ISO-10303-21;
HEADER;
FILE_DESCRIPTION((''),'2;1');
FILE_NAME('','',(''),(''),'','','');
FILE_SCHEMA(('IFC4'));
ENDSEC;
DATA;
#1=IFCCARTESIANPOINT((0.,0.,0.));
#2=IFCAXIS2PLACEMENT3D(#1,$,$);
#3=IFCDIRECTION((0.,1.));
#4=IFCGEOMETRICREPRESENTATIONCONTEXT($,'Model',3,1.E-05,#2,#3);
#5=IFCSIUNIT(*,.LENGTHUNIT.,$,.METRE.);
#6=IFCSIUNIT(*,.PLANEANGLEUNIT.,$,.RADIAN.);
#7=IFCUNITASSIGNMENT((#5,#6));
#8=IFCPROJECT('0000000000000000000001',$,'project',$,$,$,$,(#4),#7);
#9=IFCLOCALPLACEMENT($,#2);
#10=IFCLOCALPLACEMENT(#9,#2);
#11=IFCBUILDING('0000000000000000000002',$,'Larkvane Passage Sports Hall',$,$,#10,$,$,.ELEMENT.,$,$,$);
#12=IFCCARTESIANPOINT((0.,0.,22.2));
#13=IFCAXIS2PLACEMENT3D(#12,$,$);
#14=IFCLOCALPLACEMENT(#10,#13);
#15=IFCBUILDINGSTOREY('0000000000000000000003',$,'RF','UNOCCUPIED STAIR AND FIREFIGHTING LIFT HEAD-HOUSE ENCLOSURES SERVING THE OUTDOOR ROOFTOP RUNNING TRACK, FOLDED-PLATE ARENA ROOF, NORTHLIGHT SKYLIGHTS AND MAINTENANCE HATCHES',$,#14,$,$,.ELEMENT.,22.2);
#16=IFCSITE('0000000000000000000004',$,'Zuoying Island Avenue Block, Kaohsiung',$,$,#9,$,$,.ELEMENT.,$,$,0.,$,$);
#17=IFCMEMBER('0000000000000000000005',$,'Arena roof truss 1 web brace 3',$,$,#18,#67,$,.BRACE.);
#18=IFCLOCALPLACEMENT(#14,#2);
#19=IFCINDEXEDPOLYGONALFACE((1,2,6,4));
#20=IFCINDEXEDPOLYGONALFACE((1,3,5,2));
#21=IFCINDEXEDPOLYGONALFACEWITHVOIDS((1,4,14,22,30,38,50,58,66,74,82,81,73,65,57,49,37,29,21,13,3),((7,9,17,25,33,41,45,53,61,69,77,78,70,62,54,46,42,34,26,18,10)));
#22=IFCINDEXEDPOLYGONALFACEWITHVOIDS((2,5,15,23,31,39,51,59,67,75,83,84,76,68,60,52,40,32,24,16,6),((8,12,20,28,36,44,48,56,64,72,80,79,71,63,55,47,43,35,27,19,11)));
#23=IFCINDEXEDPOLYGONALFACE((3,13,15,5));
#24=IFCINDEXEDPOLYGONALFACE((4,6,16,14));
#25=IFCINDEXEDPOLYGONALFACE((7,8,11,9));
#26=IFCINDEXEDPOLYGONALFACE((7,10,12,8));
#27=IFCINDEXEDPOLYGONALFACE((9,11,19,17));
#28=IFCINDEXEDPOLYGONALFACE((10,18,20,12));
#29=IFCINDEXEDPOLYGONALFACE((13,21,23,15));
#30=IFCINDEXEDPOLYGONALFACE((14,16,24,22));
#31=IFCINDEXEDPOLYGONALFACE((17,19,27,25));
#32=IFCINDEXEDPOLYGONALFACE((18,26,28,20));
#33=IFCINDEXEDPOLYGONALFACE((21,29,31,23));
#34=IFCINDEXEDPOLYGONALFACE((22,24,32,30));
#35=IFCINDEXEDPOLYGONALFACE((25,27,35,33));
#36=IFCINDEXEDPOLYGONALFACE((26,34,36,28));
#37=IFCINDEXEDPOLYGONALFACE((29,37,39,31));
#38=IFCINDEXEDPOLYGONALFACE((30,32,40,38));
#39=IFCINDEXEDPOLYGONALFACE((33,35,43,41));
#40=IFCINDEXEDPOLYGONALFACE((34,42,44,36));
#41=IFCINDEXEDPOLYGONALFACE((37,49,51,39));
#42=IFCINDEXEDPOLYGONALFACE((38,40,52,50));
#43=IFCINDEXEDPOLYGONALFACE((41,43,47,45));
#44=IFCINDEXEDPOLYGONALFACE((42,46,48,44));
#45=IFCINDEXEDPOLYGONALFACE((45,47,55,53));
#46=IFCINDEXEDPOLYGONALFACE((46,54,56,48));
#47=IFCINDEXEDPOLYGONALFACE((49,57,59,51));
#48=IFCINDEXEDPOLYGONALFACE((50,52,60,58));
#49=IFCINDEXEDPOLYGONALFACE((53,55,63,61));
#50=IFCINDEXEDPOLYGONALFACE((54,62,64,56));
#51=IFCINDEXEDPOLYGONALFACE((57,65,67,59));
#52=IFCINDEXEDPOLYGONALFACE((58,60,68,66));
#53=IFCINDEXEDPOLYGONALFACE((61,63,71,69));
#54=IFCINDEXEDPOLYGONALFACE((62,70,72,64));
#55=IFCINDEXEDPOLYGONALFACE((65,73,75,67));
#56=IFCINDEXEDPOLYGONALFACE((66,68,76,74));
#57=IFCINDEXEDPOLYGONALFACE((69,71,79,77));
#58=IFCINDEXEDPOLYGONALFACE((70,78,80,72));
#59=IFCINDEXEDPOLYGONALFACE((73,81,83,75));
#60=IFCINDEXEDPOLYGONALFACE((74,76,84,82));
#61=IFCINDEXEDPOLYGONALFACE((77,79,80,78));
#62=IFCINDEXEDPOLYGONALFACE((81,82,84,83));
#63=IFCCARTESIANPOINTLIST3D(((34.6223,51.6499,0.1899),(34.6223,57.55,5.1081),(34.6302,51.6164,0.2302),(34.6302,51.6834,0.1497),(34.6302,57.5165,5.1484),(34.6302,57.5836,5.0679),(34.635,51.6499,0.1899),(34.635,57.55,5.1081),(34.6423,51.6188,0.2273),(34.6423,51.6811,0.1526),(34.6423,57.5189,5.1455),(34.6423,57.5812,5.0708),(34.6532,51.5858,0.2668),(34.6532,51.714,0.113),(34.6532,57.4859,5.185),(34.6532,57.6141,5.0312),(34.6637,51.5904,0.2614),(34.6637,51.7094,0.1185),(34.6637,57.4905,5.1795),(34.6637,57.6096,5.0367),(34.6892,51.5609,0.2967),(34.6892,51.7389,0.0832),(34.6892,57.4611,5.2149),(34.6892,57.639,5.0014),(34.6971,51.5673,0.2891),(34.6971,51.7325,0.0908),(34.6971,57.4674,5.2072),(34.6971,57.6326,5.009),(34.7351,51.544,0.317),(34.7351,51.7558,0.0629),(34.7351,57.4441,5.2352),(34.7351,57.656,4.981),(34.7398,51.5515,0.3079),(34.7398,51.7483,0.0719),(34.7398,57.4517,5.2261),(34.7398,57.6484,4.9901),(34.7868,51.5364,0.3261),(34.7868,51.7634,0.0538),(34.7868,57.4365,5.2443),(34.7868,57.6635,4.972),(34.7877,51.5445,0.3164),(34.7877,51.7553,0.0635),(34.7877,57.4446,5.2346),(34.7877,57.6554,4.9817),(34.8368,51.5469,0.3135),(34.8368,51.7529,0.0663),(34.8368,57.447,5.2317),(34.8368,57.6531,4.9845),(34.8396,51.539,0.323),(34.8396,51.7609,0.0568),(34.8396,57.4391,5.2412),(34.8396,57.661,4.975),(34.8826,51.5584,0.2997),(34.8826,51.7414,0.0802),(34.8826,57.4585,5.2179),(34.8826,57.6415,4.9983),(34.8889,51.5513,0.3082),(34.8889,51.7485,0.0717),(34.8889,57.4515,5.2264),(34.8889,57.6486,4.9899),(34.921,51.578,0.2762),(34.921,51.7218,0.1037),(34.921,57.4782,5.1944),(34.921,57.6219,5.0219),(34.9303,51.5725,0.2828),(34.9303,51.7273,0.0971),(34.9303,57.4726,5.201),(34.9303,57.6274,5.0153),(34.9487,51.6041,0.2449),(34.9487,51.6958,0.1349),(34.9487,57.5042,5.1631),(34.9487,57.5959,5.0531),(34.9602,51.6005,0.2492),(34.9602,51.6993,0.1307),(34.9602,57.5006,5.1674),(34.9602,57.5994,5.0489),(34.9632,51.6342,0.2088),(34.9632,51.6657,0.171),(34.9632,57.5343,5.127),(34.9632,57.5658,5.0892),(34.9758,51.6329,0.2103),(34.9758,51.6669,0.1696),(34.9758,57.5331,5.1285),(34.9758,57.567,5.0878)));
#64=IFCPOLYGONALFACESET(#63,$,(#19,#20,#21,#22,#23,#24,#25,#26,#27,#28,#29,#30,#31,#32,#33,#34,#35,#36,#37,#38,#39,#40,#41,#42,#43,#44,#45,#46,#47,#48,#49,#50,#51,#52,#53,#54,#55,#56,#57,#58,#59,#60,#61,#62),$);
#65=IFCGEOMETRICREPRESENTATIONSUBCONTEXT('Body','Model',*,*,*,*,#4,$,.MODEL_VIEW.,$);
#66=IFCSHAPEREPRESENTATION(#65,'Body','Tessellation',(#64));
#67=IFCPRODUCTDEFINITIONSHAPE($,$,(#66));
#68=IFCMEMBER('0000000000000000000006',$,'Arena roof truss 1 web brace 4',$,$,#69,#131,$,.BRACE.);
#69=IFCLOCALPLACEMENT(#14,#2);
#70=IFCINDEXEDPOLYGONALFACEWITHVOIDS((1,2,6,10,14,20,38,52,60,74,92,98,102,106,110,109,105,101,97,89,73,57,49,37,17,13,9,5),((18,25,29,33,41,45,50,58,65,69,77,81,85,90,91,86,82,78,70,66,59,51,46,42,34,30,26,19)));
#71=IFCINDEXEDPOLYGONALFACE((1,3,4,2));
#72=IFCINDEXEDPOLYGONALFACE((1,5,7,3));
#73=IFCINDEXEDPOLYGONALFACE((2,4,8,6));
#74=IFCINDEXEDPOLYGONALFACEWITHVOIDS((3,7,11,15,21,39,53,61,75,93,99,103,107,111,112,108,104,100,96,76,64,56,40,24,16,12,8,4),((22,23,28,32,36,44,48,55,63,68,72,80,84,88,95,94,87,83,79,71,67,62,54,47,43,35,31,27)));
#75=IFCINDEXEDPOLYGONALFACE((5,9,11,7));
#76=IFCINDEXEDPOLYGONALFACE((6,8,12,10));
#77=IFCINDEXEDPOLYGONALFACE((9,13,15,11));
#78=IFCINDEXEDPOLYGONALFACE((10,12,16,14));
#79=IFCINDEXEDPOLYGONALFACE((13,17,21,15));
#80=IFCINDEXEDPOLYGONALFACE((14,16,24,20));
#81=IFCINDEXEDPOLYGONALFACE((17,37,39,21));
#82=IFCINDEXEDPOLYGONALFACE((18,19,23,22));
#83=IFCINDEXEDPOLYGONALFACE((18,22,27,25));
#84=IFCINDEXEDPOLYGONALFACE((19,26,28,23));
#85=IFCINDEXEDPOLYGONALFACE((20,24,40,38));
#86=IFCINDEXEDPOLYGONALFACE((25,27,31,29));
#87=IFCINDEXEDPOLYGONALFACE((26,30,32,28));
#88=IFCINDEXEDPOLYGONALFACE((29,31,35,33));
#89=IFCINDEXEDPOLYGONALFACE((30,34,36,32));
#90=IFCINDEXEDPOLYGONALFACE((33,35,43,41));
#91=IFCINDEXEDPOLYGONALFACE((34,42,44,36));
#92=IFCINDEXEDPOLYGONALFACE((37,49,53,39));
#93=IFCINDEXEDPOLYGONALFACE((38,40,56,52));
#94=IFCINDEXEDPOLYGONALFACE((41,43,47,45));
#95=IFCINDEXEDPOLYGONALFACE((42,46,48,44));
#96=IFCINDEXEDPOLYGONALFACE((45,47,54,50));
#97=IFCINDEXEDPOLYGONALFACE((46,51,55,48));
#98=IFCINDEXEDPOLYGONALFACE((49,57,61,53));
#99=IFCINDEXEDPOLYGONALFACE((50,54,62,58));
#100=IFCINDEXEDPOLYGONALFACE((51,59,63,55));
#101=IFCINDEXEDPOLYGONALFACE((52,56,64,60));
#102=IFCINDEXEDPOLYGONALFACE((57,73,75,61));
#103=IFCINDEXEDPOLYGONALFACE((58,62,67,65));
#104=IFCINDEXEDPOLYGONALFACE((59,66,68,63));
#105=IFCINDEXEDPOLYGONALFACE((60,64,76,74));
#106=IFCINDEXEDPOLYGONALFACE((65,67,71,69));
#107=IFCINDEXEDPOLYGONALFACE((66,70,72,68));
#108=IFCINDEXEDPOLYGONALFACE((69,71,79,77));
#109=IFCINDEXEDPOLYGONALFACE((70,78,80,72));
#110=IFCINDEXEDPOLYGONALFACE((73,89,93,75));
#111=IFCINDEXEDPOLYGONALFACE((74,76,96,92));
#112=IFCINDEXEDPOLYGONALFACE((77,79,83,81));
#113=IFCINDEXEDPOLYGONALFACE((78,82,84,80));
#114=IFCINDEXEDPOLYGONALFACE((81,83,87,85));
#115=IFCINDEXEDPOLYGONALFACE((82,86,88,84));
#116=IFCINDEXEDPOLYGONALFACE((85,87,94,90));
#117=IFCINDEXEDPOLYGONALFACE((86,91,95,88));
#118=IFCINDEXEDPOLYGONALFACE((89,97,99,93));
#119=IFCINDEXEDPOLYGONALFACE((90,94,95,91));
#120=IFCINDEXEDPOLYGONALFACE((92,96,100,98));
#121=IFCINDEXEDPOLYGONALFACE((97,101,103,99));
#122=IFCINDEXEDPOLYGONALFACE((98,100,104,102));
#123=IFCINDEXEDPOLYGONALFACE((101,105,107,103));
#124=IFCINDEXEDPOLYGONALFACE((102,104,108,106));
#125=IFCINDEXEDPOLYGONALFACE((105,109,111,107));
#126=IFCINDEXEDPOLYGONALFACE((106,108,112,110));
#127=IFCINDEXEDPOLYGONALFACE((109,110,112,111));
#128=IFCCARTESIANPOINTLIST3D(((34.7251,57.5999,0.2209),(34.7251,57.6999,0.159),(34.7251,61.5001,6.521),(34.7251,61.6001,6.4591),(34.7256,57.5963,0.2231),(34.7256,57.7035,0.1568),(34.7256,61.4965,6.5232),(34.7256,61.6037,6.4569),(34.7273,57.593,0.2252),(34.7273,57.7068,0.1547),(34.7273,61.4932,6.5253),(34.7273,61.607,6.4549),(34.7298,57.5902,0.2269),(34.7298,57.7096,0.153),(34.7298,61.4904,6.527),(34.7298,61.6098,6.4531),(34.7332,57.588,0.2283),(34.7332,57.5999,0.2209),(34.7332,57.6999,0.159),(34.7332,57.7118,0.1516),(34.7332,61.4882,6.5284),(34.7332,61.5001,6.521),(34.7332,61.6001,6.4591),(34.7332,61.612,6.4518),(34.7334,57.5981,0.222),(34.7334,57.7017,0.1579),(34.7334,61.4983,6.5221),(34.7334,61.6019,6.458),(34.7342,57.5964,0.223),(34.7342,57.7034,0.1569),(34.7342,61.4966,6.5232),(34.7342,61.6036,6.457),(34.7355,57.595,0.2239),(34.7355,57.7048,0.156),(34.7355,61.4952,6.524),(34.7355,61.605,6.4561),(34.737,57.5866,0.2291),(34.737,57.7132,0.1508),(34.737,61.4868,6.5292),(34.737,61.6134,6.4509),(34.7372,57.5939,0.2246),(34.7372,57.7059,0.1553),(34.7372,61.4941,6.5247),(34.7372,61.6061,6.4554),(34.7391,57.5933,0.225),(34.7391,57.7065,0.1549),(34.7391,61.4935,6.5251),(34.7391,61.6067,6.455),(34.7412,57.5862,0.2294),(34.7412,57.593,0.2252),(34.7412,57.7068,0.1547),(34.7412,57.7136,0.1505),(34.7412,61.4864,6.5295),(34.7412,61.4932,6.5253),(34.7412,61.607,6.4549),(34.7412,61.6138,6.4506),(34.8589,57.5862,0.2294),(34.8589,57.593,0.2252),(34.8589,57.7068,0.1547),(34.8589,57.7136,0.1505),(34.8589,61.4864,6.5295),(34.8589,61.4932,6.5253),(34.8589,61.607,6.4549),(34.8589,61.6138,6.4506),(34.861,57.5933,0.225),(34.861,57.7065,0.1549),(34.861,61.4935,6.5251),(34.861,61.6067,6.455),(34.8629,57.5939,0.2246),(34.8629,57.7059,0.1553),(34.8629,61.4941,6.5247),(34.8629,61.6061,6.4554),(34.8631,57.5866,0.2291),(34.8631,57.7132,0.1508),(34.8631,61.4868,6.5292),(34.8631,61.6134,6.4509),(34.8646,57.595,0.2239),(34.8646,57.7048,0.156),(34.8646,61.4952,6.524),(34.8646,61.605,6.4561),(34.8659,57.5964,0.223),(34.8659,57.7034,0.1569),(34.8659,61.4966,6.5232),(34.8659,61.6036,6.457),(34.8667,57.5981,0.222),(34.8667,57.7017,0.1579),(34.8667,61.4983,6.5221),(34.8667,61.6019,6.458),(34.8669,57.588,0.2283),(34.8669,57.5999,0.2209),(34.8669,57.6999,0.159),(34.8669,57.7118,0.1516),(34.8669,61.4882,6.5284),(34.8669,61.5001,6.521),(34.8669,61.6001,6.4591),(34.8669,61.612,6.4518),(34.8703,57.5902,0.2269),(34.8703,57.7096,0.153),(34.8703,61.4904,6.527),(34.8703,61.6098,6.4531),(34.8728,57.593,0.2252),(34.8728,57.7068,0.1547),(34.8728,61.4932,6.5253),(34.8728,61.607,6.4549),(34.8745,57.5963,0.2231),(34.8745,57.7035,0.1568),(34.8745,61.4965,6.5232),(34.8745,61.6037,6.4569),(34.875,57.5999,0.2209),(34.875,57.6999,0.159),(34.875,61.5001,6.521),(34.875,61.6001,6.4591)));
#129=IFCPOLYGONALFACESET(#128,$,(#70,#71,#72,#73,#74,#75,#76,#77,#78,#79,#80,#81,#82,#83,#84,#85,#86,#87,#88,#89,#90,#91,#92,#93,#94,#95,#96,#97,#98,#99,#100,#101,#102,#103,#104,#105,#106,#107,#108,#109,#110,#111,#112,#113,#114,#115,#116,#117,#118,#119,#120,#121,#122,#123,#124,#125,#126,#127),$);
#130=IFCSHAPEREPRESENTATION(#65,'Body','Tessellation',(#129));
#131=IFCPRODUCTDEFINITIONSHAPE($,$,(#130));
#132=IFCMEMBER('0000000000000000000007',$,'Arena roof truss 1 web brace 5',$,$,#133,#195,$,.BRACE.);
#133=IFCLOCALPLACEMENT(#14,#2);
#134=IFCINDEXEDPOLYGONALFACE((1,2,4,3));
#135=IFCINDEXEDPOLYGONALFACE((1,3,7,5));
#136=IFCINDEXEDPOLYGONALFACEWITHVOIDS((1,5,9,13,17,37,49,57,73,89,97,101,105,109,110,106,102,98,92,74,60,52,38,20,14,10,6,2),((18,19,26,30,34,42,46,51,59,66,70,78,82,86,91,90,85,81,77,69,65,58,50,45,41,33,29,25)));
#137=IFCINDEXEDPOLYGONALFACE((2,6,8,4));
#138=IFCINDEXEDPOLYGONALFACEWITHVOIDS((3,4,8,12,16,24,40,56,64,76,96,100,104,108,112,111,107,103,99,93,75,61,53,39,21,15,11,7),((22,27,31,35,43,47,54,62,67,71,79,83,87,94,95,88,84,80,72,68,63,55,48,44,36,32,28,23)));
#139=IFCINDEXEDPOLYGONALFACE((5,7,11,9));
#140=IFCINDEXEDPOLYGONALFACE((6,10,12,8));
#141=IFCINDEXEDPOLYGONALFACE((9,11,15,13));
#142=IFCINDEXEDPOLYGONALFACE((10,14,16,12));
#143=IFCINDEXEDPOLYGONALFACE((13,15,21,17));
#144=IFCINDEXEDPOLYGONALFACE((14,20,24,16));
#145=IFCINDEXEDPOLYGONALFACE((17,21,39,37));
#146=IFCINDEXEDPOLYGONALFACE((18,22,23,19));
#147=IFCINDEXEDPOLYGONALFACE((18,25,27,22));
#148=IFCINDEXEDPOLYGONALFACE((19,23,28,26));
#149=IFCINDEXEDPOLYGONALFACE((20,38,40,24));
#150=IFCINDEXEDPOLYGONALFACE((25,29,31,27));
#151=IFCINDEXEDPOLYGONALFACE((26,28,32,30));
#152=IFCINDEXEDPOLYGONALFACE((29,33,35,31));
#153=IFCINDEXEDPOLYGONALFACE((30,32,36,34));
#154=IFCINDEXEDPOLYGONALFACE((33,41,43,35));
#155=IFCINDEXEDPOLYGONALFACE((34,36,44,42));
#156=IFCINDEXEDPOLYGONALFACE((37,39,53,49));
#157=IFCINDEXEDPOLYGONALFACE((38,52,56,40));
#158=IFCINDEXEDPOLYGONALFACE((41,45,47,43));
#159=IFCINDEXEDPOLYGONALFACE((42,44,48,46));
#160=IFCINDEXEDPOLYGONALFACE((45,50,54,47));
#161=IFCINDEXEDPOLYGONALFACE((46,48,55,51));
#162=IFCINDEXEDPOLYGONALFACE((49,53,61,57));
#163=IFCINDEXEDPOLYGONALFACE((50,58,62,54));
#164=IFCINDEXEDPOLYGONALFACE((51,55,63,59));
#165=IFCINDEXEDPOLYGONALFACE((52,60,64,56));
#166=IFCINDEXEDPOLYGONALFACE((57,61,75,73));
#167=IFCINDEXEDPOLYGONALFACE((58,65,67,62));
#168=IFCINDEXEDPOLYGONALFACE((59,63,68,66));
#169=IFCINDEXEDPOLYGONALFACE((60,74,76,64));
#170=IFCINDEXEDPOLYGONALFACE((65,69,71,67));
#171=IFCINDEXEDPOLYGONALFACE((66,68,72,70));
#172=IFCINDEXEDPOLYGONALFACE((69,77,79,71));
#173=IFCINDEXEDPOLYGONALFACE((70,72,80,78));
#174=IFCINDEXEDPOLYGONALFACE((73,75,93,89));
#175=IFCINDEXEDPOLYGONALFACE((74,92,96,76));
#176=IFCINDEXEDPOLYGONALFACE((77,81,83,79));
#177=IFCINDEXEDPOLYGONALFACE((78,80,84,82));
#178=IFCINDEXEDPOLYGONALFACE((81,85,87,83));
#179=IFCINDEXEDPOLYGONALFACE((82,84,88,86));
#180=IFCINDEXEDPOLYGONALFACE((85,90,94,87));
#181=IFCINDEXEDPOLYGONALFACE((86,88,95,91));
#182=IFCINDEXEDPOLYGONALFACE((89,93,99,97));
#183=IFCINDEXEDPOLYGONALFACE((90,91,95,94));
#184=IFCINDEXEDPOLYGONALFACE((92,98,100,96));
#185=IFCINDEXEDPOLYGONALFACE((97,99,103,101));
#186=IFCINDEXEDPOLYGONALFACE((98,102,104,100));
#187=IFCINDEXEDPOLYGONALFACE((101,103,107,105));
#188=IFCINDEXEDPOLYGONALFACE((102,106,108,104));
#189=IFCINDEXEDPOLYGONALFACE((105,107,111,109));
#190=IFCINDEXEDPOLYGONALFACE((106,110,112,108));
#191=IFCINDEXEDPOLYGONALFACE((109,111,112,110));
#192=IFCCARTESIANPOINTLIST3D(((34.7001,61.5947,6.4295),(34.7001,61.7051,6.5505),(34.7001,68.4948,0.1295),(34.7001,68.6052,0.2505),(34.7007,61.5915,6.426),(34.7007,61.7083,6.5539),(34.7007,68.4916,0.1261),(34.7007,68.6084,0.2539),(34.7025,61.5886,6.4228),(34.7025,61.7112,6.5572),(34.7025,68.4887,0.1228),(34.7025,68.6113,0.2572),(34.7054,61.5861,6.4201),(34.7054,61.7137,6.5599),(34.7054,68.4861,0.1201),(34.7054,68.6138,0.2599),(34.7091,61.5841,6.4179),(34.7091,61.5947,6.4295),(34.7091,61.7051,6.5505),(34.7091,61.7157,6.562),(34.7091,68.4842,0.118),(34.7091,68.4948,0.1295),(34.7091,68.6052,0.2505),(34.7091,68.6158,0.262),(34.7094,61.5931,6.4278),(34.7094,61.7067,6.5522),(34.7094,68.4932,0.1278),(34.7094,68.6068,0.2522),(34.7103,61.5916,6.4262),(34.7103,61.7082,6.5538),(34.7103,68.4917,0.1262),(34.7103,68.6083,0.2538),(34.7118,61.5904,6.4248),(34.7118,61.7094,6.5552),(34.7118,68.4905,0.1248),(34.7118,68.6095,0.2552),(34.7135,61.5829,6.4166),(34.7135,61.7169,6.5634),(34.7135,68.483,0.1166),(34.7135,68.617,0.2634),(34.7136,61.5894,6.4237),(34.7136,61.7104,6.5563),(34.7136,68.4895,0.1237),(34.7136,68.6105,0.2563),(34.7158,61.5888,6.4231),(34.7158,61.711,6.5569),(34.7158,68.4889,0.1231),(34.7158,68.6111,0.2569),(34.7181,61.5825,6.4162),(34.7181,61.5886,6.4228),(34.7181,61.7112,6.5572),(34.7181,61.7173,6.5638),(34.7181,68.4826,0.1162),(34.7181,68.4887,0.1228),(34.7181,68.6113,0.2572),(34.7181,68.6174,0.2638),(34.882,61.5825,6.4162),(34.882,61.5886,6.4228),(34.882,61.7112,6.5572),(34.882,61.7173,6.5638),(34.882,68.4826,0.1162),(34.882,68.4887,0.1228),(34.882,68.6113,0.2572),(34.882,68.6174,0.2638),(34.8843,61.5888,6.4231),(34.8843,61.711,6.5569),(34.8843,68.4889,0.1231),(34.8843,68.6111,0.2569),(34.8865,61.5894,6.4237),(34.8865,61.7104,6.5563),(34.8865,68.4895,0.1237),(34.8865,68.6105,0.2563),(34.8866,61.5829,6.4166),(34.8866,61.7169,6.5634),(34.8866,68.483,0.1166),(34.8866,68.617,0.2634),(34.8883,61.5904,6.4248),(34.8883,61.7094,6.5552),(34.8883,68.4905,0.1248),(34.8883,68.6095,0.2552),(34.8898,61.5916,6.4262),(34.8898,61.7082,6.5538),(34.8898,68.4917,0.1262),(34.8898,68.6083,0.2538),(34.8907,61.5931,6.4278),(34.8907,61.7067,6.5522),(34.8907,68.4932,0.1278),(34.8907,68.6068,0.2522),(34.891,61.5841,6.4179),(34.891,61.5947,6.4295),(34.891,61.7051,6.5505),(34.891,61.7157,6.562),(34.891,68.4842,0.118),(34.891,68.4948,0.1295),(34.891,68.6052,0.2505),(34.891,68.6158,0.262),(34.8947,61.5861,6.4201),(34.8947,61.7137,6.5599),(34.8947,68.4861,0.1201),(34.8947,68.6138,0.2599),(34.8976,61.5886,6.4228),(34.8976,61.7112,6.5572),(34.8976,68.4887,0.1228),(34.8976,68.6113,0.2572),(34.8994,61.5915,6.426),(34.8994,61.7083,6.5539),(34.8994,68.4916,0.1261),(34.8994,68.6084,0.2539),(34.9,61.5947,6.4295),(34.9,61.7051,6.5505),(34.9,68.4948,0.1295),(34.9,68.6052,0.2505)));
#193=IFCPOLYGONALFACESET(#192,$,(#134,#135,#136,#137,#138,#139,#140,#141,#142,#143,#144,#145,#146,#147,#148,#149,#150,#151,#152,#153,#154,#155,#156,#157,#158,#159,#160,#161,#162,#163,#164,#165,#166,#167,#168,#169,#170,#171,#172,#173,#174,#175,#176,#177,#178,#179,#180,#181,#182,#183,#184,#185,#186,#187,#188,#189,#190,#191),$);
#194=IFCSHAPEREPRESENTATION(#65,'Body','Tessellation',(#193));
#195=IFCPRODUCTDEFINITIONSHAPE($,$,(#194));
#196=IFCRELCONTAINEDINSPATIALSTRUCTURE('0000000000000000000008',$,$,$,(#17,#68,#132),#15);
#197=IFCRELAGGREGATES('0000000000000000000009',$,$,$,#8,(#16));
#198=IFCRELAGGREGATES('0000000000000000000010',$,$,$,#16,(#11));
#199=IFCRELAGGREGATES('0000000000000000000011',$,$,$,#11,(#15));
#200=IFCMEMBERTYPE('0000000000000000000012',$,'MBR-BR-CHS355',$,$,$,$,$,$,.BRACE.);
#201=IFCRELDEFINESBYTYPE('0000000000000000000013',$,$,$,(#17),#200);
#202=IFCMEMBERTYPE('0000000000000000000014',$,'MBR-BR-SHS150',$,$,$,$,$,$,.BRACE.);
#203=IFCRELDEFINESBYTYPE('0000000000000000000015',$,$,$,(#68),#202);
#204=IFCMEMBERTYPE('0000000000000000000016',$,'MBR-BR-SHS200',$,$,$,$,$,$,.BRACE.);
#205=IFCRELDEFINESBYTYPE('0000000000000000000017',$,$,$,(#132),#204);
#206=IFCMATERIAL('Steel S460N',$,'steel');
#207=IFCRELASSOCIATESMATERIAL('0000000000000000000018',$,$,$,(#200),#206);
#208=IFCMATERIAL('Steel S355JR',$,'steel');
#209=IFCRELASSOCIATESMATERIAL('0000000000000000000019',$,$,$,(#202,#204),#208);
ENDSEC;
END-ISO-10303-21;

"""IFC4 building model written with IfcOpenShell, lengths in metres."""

from ifc_helpers import new_model, si_unit, direction, frame, origin, origin_2d, place, context, subcontext, project, spatial, hollow_rectangle, hollow_circle, extrude, material, material_profile, profile_set, type_object, element, save


model = new_model("IFC4")

# Units and contexts
model_context = context("Model", 3, precision=1e-05, world=origin(), true_north=direction((0.0, 1.0)))
body_context = subcontext(model_context, "Body", "Model", "MODEL_VIEW")
ifc_project = project(units=[si_unit("LENGTHUNIT", "METRE"), si_unit("PLANEANGLEUNIT", "RADIAN")], contexts=[model_context])

# Site, building, storey
site_placement = place(None, origin())
site = spatial("IfcSite", under=ifc_project, at=site_placement, Name="Zuoying Island Avenue Block, Kaohsiung", CompositionType="ELEMENT", RefElevation=0.0)
building_placement = place(site_placement, origin())
building = spatial("IfcBuilding", under=site, at=building_placement, Name="Larkvane Passage Sports Hall", CompositionType="ELEMENT")
storey_placement = place(building_placement, frame((0.0, 0.0, 22.2)))
storey = spatial("IfcBuildingStorey", under=building, at=storey_placement, Name="RF", Description="UNOCCUPIED STAIR AND FIREFIGHTING LIFT HEAD-HOUSE ENCLOSURES SERVING THE OUTDOOR ROOFTOP RUNNING TRACK, FOLDED-PLATE ARENA ROOF, NORTHLIGHT SKYLIGHTS AND MAINTENANCE HATCHES", CompositionType="ELEMENT", Elevation=22.2)

# Members
ifc_material_1 = material(Name="Steel S460N", Category="steel")
ifc_material_profile_1 = material_profile(ifc_material_1, hollow_circle(Radius=0.1777, WallThickness=0.0127, at=origin_2d()), Name="CHS-355.6x12.7")
ifc_profile_set_1 = profile_set([ifc_material_profile_1], Name="Steel S460N")
member_type_1 = type_object("IfcMemberType", Name="MBR-BR-CHS355", PredefinedType="BRACE", material=ifc_profile_set_1)
member_1_placement = place(storey_placement, frame((34.8, 51.6499, 0.1899), z_axis=(0.0, 0.76813, 0.640294), x_axis=(-1.0, 0.0, 0.0)))
element("IfcMember", 1, at=member_1_placement, inside=storey, type_object=member_type_1, Name="Arena roof truss 1 web brace 3", PredefinedType="BRACE", context=body_context, shape_type="SweptSolid", body=[
    extrude(hollow_circle(Radius=0.1777, WallThickness=0.0127, at=origin_2d()), origin(), (0.0, 0.0, 1.0), 7.6812),
])
ifc_material_2 = material(Name="Steel S355JR", Category="steel")
ifc_material_profile_2 = material_profile(ifc_material_2, hollow_rectangle(XDim=0.1499, YDim=0.1499, WallThickness=0.0081, InnerFilletRadius=0.0081, OuterFilletRadius=0.0161, at=origin_2d()), Name="SHS-150x150x8")
ifc_profile_set_2 = profile_set([ifc_material_profile_2], Name="Steel S355JR")
member_type_2 = type_object("IfcMemberType", Name="MBR-BR-SHS150", PredefinedType="BRACE", material=ifc_profile_set_2)
member_2_placement = place(storey_placement, frame((34.8, 57.6499, 0.1899), z_axis=(0.0, 0.526366, 0.850258), x_axis=(-1.0, 0.0, 0.0)))
element("IfcMember", 2, at=member_2_placement, inside=storey, type_object=member_type_2, Name="Arena roof truss 1 web brace 4", PredefinedType="BRACE", context=body_context, shape_type="SweptSolid", body=[
    extrude(hollow_rectangle(XDim=0.1499, YDim=0.1499, WallThickness=0.0081, InnerFilletRadius=0.0081, OuterFilletRadius=0.0161, at=origin_2d()), origin(), (0.0, 0.0, 1.0), 7.4097),
])
ifc_material_profile_3 = material_profile(ifc_material_2, hollow_rectangle(XDim=0.2, YDim=0.2, WallThickness=0.009, InnerFilletRadius=0.009, OuterFilletRadius=0.0181, at=origin_2d()), Name="SHS-200x200x9")
ifc_profile_set_3 = profile_set([ifc_material_profile_3], Name="Steel S355JR")
member_type_3 = type_object("IfcMemberType", Name="MBR-BR-SHS200", PredefinedType="BRACE", material=ifc_profile_set_3)
member_3_placement = place(storey_placement, frame((34.8, 61.6499, 6.49), z_axis=(0.0, 0.73849, -0.674264), x_axis=(-1.0, 0.0, 0.0)))
element("IfcMember", 3, at=member_3_placement, inside=storey, type_object=member_type_3, Name="Arena roof truss 1 web brace 5", PredefinedType="BRACE", context=body_context, shape_type="SweptSolid", body=[
    extrude(hollow_rectangle(XDim=0.2, YDim=0.2, WallThickness=0.009, InnerFilletRadius=0.009, OuterFilletRadius=0.0181, at=origin_2d()), origin(), (0.0, 0.0, 1.0), 9.3435),
])

save(model, "model.ifc")
